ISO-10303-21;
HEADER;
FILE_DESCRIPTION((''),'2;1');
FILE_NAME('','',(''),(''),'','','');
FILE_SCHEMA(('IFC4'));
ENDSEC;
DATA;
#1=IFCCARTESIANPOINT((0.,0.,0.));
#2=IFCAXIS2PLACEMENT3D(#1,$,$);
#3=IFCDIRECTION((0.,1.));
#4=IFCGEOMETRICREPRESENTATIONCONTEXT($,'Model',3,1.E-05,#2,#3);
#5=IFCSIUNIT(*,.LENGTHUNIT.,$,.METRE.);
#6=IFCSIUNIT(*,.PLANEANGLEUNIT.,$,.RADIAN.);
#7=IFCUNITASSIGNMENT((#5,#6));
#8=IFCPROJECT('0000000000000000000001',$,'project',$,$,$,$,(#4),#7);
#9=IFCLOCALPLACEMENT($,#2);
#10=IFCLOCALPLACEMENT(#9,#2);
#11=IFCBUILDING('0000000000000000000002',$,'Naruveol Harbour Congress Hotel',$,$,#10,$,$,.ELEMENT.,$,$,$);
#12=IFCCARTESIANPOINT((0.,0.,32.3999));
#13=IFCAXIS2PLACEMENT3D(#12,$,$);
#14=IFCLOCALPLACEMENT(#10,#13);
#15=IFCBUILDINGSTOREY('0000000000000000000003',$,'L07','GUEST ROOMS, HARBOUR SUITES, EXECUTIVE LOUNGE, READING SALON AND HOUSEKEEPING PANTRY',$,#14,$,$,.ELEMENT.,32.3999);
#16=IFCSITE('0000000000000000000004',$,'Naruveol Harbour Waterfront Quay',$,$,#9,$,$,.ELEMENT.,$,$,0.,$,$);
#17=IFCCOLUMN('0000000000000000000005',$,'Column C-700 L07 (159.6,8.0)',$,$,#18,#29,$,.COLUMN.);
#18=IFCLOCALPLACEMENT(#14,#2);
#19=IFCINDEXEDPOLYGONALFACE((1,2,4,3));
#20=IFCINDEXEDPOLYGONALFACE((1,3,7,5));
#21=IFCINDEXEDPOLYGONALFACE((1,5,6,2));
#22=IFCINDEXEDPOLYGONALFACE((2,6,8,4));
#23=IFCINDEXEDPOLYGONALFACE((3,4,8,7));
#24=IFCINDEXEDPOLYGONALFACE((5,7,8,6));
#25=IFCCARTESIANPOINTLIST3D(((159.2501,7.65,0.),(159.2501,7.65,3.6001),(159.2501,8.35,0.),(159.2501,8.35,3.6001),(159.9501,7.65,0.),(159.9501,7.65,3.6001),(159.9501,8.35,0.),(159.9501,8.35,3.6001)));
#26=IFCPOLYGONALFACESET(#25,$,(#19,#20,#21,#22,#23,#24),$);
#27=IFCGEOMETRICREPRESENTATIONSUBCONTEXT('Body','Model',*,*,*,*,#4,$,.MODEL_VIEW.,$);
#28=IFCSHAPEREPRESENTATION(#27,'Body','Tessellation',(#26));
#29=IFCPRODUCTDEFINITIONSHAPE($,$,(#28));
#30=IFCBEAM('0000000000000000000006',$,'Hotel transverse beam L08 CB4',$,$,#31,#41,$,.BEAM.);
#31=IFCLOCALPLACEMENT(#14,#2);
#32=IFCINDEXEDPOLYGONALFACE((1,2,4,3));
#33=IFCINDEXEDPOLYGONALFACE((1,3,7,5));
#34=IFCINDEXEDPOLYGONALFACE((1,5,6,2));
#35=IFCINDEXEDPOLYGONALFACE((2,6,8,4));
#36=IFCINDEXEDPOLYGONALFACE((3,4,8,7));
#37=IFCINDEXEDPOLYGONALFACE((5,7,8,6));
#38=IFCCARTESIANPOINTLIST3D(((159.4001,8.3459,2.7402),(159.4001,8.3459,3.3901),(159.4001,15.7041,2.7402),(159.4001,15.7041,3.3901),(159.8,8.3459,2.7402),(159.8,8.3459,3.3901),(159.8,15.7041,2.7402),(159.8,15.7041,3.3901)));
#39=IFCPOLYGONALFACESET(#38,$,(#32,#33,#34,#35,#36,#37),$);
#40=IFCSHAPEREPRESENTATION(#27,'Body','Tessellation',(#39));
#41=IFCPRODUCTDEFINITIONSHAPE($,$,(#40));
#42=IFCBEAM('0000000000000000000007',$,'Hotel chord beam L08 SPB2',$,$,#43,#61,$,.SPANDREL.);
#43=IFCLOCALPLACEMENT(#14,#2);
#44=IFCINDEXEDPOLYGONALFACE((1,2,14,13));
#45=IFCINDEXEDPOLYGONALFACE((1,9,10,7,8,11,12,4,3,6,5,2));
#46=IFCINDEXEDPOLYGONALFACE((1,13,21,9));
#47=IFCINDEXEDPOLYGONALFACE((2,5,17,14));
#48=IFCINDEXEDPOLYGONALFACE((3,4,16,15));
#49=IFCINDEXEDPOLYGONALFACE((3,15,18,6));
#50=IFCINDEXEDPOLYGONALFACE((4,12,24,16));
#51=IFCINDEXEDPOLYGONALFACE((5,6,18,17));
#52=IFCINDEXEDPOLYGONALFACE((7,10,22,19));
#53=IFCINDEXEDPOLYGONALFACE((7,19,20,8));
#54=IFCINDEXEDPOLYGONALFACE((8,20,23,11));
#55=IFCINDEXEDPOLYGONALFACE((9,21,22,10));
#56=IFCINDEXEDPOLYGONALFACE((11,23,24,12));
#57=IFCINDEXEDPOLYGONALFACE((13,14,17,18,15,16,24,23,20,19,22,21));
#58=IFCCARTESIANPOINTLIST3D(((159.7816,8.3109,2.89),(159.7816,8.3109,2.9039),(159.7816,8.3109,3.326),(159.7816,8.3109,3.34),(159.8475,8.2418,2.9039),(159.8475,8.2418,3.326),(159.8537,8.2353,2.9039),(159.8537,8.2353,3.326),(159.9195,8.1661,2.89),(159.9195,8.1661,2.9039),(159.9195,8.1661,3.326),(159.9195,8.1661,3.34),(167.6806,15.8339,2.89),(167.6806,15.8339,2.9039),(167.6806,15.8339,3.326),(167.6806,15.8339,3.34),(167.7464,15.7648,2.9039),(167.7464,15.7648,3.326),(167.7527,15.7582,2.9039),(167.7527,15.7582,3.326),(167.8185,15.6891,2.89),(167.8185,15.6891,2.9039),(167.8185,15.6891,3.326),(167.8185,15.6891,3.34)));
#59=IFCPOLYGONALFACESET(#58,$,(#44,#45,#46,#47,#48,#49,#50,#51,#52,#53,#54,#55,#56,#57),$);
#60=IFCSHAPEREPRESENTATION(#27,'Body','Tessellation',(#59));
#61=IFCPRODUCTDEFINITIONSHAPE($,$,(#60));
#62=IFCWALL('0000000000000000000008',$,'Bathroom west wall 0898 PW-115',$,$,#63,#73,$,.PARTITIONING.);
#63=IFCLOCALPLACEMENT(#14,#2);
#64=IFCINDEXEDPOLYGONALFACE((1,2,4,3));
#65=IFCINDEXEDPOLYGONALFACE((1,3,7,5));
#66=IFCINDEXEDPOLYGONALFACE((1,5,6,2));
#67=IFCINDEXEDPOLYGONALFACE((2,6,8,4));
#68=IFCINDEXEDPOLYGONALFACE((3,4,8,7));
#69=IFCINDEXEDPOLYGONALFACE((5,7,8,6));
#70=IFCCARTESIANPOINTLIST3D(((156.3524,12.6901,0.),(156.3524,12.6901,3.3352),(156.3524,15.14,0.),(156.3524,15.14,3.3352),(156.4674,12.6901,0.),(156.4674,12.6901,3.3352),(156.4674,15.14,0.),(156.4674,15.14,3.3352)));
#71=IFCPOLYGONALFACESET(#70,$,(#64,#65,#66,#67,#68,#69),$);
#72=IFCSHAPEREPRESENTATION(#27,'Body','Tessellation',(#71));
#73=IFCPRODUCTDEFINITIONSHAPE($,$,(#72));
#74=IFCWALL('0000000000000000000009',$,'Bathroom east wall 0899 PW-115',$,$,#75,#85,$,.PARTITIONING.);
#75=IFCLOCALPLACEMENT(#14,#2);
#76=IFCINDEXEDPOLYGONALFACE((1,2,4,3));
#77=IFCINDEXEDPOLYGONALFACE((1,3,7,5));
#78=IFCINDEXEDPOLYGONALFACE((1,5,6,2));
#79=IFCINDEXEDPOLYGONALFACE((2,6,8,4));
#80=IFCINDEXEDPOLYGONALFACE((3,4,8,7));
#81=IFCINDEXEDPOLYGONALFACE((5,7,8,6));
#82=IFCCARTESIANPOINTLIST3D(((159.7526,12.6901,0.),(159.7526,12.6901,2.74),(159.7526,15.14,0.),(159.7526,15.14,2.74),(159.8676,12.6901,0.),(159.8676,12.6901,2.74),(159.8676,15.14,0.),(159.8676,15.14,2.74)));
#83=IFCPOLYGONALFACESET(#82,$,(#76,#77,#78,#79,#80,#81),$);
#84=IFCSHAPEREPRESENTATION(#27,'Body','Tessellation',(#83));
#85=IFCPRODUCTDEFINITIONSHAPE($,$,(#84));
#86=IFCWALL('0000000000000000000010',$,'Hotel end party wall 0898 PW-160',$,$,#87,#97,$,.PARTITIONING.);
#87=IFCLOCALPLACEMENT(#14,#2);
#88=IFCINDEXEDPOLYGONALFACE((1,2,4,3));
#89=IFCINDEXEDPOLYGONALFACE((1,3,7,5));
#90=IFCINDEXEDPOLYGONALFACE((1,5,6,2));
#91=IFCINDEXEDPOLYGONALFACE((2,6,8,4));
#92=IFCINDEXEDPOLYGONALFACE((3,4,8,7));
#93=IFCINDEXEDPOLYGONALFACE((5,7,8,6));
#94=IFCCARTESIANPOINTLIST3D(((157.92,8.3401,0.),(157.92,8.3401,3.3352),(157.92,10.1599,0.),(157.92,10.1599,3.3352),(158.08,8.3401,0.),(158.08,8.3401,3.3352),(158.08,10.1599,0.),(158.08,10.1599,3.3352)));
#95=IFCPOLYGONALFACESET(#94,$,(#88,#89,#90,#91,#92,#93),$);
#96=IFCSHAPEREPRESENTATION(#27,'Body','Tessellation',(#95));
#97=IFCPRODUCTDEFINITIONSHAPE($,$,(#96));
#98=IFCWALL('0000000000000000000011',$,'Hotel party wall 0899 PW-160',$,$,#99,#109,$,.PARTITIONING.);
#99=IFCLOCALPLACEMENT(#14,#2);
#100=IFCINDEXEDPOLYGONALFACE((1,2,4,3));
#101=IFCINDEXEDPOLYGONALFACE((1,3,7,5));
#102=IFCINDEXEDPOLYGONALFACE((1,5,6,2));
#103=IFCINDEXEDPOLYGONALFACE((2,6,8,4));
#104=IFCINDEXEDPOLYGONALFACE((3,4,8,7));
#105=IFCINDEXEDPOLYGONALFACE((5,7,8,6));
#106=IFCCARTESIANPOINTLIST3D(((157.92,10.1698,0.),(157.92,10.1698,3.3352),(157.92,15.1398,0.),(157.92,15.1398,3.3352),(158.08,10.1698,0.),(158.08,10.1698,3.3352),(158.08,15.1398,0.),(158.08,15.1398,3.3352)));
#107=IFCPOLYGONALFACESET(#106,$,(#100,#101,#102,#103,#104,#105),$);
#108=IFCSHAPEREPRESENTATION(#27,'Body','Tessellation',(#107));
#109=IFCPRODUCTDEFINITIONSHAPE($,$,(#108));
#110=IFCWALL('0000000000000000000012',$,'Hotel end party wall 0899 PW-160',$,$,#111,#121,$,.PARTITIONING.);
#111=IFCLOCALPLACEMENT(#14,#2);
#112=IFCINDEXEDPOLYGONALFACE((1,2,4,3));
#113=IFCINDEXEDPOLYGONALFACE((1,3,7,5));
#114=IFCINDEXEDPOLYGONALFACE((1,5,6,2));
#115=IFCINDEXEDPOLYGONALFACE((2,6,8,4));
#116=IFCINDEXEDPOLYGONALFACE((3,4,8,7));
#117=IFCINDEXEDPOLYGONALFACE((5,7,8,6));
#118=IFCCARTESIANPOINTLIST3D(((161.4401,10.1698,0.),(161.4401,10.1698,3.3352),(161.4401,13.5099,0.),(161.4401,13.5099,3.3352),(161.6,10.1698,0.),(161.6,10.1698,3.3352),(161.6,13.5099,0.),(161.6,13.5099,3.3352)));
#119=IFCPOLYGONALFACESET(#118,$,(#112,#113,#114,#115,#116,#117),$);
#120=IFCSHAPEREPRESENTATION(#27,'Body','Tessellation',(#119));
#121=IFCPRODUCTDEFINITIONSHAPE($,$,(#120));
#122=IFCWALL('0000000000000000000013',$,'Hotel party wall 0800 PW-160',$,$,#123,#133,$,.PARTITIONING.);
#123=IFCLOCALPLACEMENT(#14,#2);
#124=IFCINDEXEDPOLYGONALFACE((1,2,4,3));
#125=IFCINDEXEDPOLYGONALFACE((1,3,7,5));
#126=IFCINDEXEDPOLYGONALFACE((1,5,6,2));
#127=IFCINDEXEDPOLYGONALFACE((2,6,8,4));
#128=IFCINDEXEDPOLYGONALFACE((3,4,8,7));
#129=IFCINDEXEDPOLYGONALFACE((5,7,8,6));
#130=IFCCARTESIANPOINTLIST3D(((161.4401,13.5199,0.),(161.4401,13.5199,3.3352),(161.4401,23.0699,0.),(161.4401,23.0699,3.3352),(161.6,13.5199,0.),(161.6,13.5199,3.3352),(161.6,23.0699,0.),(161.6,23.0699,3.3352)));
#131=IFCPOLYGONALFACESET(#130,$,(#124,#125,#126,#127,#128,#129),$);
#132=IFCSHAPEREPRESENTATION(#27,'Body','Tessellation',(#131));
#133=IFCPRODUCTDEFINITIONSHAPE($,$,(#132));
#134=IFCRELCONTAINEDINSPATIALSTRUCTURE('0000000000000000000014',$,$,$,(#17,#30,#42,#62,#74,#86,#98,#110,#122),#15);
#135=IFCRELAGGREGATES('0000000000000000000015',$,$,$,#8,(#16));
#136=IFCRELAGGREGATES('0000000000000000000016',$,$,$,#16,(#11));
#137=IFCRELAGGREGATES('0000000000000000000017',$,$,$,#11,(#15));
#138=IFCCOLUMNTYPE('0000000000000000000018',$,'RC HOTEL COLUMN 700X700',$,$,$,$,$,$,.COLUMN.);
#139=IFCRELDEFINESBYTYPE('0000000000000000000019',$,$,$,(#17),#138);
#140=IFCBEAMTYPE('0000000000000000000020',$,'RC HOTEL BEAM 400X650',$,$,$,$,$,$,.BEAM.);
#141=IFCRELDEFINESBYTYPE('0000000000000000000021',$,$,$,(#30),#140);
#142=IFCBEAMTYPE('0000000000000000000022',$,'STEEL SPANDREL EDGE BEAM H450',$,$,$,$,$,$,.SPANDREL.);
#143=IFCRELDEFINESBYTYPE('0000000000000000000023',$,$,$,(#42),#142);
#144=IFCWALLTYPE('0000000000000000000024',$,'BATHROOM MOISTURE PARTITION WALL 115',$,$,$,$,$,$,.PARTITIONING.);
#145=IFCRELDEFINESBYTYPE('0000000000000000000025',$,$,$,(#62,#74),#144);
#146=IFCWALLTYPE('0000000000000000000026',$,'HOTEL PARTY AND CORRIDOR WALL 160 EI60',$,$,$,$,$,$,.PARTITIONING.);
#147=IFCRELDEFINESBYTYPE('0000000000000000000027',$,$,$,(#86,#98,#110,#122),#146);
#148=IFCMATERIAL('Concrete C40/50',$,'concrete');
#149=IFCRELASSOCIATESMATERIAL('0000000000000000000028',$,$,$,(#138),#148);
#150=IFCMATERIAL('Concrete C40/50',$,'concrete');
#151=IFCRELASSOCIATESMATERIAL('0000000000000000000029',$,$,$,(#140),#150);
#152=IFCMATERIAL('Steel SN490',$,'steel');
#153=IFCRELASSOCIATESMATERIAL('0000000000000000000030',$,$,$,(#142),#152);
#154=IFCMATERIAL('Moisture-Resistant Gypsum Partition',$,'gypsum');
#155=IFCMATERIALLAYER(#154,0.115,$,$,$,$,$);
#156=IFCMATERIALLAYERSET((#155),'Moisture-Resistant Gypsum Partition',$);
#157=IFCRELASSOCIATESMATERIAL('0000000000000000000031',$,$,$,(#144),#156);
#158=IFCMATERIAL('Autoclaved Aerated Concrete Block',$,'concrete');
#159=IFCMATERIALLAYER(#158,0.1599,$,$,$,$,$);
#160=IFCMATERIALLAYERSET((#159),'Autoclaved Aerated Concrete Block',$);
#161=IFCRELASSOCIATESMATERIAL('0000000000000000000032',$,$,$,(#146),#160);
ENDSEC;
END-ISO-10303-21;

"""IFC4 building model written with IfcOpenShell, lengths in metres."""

from ifc_helpers import new_model, si_unit, direction, frame, frame_2d, origin, origin_2d, place, context, subcontext, project, spatial, rectangle, i_section, extrude, material, layer, layer_set, material_profile, profile_set, type_object, element, save


model = new_model("IFC4")

# Units and contexts
model_context = context("Model", 3, precision=1e-05, world=origin(), true_north=direction((0.0, 1.0)))
body_context = subcontext(model_context, "Body", "Model", "MODEL_VIEW")
ifc_project = project(units=[si_unit("LENGTHUNIT", "METRE"), si_unit("PLANEANGLEUNIT", "RADIAN")], contexts=[model_context])

# Site, building, storey
site_placement = place(None, origin())
site = spatial("IfcSite", under=ifc_project, at=site_placement, Name="Naruveol Harbour Waterfront Quay", CompositionType="ELEMENT", RefElevation=0.0)
building_placement = place(site_placement, origin())
building = spatial("IfcBuilding", under=site, at=building_placement, Name="Naruveol Harbour Congress Hotel", CompositionType="ELEMENT")
storey_placement = place(building_placement, frame((0.0, 0.0, 32.3999)))
storey = spatial("IfcBuildingStorey", under=building, at=storey_placement, Name="L07", Description="GUEST ROOMS, HARBOUR SUITES, EXECUTIVE LOUNGE, READING SALON AND HOUSEKEEPING PANTRY", CompositionType="ELEMENT", Elevation=32.3999)

# Column
ifc_material_1 = material(Name="Concrete C40/50", Category="concrete")
ifc_material_profile_1 = material_profile(ifc_material_1, rectangle(XDim=0.7, YDim=0.7, at=origin_2d()), Name="RC-700x700")
ifc_profile_set_1 = profile_set([ifc_material_profile_1], Name="Concrete C40/50")
column_type = type_object("IfcColumnType", Name="RC HOTEL COLUMN 700X700", PredefinedType="COLUMN", material=ifc_profile_set_1)
column_placement = place(storey_placement, frame((159.6001, 8.0, 0.0), z_axis=(0.0, 0.0, 1.0), x_axis=(1.0, 0.0, 0.0)))
element("IfcColumn", 1, at=column_placement, inside=storey, type_object=column_type, Name="Column C-700 L07 (159.6,8.0)", PredefinedType="COLUMN", context=body_context, shape_type="SweptSolid", body=[
    extrude(rectangle(XDim=0.7, YDim=0.7, at=origin_2d()), origin(), (0.0, 0.0, 1.0), 3.6001),
])

# Beams
ifc_material_2 = material(Name="Concrete C40/50", Category="concrete")
ifc_material_profile_2 = material_profile(ifc_material_2, rectangle(XDim=0.3999, YDim=0.6499, at=origin_2d()), Name="RCB-400x650")
ifc_profile_set_2 = profile_set([ifc_material_profile_2], Name="Concrete C40/50")
beam_type_1 = type_object("IfcBeamType", Name="RC HOTEL BEAM 400X650", PredefinedType="BEAM", material=ifc_profile_set_2)
beam_1_placement = place(storey_placement, frame((159.6001, 8.3459, 3.0652), z_axis=(0.0, 1.0, 0.0), x_axis=(-1.0, 0.0, 0.0)))
element("IfcBeam", 2, at=beam_1_placement, inside=storey, type_object=beam_type_1, Name="Hotel transverse beam L08 CB4", PredefinedType="BEAM", context=body_context, shape_type="SweptSolid", body=[
    extrude(rectangle(XDim=0.3999, YDim=0.6499, at=origin_2d()), origin(), (0.0, 0.0, 1.0), 7.3582),
])
ifc_material_3 = material(Name="Steel SN490", Category="steel")
ifc_material_profile_3 = material_profile(ifc_material_3, i_section(OverallWidth=0.2, OverallDepth=0.45, WebThickness=0.009, FlangeThickness=0.0139, at=origin_2d()), Name="H-450x200x9x14")
ifc_profile_set_3 = profile_set([ifc_material_profile_3], Name="Steel SN490")
beam_type_2 = type_object("IfcBeamType", Name="STEEL SPANDREL EDGE BEAM H450", PredefinedType="SPANDREL", material=ifc_profile_set_3)
beam_2_placement = place(storey_placement, frame((159.8506, 8.2385, 3.115), z_axis=(0.72413, 0.689663, 0.0), x_axis=(-0.689663, 0.72413, 0.0)))
element("IfcBeam", 3, at=beam_2_placement, inside=storey, type_object=beam_type_2, Name="Hotel chord beam L08 SPB2", PredefinedType="SPANDREL", context=body_context, shape_type="SweptSolid", body=[
    extrude(i_section(OverallWidth=0.2, OverallDepth=0.45, WebThickness=0.009, FlangeThickness=0.0139, at=origin_2d()), origin(), (0.0, 0.0, 1.0), 10.9082),
])

# Wall
ifc_material_4 = material(Name="Moisture-Resistant Gypsum Partition", Category="gypsum")
ifc_layer_1 = layer(ifc_material_4, 0.115)
ifc_layer_set_1 = layer_set([ifc_layer_1], Name="Moisture-Resistant Gypsum Partition")
wall_type_1 = type_object("IfcWallType", Name="BATHROOM MOISTURE PARTITION WALL 115", PredefinedType="PARTITIONING", material=ifc_layer_set_1)
wall_1_placement = place(storey_placement, frame((156.4099, 12.6899, 0.0), z_axis=(0.0, 0.0, 1.0), x_axis=(0.0, 1.0, 0.0)))
element("IfcWall", 4, at=wall_1_placement, inside=storey, type_object=wall_type_1, Name="Bathroom west wall 0898 PW-115", PredefinedType="PARTITIONING", context=body_context, shape_type="SweptSolid", body=[
    extrude(rectangle(XDim=2.45, YDim=0.115, at=frame_2d((1.2251, 0.0))), origin(), (0.0, 0.0, 1.0), 3.3352),
])

# Wall
wall_2_placement = place(storey_placement, frame((159.8101, 12.6899, 0.0), z_axis=(0.0, 0.0, 1.0), x_axis=(0.0, 1.0, 0.0)))
element("IfcWall", 5, at=wall_2_placement, inside=storey, type_object=wall_type_1, Name="Bathroom east wall 0899 PW-115", PredefinedType="PARTITIONING", context=body_context, shape_type="SweptSolid", body=[
    extrude(rectangle(XDim=2.45, YDim=0.115, at=frame_2d((1.2251, 0.0))), origin(), (0.0, 0.0, 1.0), 2.74),
])

# Walls
ifc_material_5 = material(Name="Autoclaved Aerated Concrete Block", Category="concrete")
ifc_layer_2 = layer(ifc_material_5, 0.1599)
ifc_layer_set_2 = layer_set([ifc_layer_2], Name="Autoclaved Aerated Concrete Block")
wall_type_2 = type_object("IfcWallType", Name="HOTEL PARTY AND CORRIDOR WALL 160 EI60", PredefinedType="PARTITIONING", material=ifc_layer_set_2)
wall_3_placement = place(storey_placement, frame((158.0, 8.3401, 0.0), z_axis=(0.0, 0.0, 1.0), x_axis=(0.0, 1.0, 0.0)))
element("IfcWall", 6, at=wall_3_placement, inside=storey, type_object=wall_type_2, Name="Hotel end party wall 0898 PW-160", PredefinedType="PARTITIONING", context=body_context, shape_type="SweptSolid", body=[
    extrude(rectangle(XDim=1.8198, YDim=0.1599, at=frame_2d((0.9099, 0.0))), origin(), (0.0, 0.0, 1.0), 3.3352),
])
wall_4_placement = place(storey_placement, frame((158.0, 10.1699, 0.0), z_axis=(0.0, 0.0, 1.0), x_axis=(0.0, 1.0, 0.0)))
element("IfcWall", 7, at=wall_4_placement, inside=storey, type_object=wall_type_2, Name="Hotel party wall 0899 PW-160", PredefinedType="PARTITIONING", context=body_context, shape_type="SweptSolid", body=[
    extrude(rectangle(XDim=4.97, YDim=0.1599, at=frame_2d((2.4849, 0.0))), origin(), (0.0, 0.0, 1.0), 3.3352),
])
wall_5_placement = place(storey_placement, frame((161.52, 10.1699, 0.0), z_axis=(0.0, 0.0, 1.0), x_axis=(0.0, 1.0, 0.0)))
element("IfcWall", 8, at=wall_5_placement, inside=storey, type_object=wall_type_2, Name="Hotel end party wall 0899 PW-160", PredefinedType="PARTITIONING", context=body_context, shape_type="SweptSolid", body=[
    extrude(rectangle(XDim=3.3401, YDim=0.1599, at=frame_2d((1.6699, 0.0))), origin(), (0.0, 0.0, 1.0), 3.3352),
])
wall_6_placement = place(storey_placement, frame((161.52, 13.52, 0.0), z_axis=(0.0, 0.0, 1.0), x_axis=(0.0, 1.0, 0.0)))
element("IfcWall", 9, at=wall_6_placement, inside=storey, type_object=wall_type_2, Name="Hotel party wall 0800 PW-160", PredefinedType="PARTITIONING", context=body_context, shape_type="SweptSolid", body=[
    extrude(rectangle(XDim=9.55, YDim=0.1599, at=frame_2d((4.7749, 0.0))), origin(), (0.0, 0.0, 1.0), 3.3352),
])

save(model, "model.ifc")
